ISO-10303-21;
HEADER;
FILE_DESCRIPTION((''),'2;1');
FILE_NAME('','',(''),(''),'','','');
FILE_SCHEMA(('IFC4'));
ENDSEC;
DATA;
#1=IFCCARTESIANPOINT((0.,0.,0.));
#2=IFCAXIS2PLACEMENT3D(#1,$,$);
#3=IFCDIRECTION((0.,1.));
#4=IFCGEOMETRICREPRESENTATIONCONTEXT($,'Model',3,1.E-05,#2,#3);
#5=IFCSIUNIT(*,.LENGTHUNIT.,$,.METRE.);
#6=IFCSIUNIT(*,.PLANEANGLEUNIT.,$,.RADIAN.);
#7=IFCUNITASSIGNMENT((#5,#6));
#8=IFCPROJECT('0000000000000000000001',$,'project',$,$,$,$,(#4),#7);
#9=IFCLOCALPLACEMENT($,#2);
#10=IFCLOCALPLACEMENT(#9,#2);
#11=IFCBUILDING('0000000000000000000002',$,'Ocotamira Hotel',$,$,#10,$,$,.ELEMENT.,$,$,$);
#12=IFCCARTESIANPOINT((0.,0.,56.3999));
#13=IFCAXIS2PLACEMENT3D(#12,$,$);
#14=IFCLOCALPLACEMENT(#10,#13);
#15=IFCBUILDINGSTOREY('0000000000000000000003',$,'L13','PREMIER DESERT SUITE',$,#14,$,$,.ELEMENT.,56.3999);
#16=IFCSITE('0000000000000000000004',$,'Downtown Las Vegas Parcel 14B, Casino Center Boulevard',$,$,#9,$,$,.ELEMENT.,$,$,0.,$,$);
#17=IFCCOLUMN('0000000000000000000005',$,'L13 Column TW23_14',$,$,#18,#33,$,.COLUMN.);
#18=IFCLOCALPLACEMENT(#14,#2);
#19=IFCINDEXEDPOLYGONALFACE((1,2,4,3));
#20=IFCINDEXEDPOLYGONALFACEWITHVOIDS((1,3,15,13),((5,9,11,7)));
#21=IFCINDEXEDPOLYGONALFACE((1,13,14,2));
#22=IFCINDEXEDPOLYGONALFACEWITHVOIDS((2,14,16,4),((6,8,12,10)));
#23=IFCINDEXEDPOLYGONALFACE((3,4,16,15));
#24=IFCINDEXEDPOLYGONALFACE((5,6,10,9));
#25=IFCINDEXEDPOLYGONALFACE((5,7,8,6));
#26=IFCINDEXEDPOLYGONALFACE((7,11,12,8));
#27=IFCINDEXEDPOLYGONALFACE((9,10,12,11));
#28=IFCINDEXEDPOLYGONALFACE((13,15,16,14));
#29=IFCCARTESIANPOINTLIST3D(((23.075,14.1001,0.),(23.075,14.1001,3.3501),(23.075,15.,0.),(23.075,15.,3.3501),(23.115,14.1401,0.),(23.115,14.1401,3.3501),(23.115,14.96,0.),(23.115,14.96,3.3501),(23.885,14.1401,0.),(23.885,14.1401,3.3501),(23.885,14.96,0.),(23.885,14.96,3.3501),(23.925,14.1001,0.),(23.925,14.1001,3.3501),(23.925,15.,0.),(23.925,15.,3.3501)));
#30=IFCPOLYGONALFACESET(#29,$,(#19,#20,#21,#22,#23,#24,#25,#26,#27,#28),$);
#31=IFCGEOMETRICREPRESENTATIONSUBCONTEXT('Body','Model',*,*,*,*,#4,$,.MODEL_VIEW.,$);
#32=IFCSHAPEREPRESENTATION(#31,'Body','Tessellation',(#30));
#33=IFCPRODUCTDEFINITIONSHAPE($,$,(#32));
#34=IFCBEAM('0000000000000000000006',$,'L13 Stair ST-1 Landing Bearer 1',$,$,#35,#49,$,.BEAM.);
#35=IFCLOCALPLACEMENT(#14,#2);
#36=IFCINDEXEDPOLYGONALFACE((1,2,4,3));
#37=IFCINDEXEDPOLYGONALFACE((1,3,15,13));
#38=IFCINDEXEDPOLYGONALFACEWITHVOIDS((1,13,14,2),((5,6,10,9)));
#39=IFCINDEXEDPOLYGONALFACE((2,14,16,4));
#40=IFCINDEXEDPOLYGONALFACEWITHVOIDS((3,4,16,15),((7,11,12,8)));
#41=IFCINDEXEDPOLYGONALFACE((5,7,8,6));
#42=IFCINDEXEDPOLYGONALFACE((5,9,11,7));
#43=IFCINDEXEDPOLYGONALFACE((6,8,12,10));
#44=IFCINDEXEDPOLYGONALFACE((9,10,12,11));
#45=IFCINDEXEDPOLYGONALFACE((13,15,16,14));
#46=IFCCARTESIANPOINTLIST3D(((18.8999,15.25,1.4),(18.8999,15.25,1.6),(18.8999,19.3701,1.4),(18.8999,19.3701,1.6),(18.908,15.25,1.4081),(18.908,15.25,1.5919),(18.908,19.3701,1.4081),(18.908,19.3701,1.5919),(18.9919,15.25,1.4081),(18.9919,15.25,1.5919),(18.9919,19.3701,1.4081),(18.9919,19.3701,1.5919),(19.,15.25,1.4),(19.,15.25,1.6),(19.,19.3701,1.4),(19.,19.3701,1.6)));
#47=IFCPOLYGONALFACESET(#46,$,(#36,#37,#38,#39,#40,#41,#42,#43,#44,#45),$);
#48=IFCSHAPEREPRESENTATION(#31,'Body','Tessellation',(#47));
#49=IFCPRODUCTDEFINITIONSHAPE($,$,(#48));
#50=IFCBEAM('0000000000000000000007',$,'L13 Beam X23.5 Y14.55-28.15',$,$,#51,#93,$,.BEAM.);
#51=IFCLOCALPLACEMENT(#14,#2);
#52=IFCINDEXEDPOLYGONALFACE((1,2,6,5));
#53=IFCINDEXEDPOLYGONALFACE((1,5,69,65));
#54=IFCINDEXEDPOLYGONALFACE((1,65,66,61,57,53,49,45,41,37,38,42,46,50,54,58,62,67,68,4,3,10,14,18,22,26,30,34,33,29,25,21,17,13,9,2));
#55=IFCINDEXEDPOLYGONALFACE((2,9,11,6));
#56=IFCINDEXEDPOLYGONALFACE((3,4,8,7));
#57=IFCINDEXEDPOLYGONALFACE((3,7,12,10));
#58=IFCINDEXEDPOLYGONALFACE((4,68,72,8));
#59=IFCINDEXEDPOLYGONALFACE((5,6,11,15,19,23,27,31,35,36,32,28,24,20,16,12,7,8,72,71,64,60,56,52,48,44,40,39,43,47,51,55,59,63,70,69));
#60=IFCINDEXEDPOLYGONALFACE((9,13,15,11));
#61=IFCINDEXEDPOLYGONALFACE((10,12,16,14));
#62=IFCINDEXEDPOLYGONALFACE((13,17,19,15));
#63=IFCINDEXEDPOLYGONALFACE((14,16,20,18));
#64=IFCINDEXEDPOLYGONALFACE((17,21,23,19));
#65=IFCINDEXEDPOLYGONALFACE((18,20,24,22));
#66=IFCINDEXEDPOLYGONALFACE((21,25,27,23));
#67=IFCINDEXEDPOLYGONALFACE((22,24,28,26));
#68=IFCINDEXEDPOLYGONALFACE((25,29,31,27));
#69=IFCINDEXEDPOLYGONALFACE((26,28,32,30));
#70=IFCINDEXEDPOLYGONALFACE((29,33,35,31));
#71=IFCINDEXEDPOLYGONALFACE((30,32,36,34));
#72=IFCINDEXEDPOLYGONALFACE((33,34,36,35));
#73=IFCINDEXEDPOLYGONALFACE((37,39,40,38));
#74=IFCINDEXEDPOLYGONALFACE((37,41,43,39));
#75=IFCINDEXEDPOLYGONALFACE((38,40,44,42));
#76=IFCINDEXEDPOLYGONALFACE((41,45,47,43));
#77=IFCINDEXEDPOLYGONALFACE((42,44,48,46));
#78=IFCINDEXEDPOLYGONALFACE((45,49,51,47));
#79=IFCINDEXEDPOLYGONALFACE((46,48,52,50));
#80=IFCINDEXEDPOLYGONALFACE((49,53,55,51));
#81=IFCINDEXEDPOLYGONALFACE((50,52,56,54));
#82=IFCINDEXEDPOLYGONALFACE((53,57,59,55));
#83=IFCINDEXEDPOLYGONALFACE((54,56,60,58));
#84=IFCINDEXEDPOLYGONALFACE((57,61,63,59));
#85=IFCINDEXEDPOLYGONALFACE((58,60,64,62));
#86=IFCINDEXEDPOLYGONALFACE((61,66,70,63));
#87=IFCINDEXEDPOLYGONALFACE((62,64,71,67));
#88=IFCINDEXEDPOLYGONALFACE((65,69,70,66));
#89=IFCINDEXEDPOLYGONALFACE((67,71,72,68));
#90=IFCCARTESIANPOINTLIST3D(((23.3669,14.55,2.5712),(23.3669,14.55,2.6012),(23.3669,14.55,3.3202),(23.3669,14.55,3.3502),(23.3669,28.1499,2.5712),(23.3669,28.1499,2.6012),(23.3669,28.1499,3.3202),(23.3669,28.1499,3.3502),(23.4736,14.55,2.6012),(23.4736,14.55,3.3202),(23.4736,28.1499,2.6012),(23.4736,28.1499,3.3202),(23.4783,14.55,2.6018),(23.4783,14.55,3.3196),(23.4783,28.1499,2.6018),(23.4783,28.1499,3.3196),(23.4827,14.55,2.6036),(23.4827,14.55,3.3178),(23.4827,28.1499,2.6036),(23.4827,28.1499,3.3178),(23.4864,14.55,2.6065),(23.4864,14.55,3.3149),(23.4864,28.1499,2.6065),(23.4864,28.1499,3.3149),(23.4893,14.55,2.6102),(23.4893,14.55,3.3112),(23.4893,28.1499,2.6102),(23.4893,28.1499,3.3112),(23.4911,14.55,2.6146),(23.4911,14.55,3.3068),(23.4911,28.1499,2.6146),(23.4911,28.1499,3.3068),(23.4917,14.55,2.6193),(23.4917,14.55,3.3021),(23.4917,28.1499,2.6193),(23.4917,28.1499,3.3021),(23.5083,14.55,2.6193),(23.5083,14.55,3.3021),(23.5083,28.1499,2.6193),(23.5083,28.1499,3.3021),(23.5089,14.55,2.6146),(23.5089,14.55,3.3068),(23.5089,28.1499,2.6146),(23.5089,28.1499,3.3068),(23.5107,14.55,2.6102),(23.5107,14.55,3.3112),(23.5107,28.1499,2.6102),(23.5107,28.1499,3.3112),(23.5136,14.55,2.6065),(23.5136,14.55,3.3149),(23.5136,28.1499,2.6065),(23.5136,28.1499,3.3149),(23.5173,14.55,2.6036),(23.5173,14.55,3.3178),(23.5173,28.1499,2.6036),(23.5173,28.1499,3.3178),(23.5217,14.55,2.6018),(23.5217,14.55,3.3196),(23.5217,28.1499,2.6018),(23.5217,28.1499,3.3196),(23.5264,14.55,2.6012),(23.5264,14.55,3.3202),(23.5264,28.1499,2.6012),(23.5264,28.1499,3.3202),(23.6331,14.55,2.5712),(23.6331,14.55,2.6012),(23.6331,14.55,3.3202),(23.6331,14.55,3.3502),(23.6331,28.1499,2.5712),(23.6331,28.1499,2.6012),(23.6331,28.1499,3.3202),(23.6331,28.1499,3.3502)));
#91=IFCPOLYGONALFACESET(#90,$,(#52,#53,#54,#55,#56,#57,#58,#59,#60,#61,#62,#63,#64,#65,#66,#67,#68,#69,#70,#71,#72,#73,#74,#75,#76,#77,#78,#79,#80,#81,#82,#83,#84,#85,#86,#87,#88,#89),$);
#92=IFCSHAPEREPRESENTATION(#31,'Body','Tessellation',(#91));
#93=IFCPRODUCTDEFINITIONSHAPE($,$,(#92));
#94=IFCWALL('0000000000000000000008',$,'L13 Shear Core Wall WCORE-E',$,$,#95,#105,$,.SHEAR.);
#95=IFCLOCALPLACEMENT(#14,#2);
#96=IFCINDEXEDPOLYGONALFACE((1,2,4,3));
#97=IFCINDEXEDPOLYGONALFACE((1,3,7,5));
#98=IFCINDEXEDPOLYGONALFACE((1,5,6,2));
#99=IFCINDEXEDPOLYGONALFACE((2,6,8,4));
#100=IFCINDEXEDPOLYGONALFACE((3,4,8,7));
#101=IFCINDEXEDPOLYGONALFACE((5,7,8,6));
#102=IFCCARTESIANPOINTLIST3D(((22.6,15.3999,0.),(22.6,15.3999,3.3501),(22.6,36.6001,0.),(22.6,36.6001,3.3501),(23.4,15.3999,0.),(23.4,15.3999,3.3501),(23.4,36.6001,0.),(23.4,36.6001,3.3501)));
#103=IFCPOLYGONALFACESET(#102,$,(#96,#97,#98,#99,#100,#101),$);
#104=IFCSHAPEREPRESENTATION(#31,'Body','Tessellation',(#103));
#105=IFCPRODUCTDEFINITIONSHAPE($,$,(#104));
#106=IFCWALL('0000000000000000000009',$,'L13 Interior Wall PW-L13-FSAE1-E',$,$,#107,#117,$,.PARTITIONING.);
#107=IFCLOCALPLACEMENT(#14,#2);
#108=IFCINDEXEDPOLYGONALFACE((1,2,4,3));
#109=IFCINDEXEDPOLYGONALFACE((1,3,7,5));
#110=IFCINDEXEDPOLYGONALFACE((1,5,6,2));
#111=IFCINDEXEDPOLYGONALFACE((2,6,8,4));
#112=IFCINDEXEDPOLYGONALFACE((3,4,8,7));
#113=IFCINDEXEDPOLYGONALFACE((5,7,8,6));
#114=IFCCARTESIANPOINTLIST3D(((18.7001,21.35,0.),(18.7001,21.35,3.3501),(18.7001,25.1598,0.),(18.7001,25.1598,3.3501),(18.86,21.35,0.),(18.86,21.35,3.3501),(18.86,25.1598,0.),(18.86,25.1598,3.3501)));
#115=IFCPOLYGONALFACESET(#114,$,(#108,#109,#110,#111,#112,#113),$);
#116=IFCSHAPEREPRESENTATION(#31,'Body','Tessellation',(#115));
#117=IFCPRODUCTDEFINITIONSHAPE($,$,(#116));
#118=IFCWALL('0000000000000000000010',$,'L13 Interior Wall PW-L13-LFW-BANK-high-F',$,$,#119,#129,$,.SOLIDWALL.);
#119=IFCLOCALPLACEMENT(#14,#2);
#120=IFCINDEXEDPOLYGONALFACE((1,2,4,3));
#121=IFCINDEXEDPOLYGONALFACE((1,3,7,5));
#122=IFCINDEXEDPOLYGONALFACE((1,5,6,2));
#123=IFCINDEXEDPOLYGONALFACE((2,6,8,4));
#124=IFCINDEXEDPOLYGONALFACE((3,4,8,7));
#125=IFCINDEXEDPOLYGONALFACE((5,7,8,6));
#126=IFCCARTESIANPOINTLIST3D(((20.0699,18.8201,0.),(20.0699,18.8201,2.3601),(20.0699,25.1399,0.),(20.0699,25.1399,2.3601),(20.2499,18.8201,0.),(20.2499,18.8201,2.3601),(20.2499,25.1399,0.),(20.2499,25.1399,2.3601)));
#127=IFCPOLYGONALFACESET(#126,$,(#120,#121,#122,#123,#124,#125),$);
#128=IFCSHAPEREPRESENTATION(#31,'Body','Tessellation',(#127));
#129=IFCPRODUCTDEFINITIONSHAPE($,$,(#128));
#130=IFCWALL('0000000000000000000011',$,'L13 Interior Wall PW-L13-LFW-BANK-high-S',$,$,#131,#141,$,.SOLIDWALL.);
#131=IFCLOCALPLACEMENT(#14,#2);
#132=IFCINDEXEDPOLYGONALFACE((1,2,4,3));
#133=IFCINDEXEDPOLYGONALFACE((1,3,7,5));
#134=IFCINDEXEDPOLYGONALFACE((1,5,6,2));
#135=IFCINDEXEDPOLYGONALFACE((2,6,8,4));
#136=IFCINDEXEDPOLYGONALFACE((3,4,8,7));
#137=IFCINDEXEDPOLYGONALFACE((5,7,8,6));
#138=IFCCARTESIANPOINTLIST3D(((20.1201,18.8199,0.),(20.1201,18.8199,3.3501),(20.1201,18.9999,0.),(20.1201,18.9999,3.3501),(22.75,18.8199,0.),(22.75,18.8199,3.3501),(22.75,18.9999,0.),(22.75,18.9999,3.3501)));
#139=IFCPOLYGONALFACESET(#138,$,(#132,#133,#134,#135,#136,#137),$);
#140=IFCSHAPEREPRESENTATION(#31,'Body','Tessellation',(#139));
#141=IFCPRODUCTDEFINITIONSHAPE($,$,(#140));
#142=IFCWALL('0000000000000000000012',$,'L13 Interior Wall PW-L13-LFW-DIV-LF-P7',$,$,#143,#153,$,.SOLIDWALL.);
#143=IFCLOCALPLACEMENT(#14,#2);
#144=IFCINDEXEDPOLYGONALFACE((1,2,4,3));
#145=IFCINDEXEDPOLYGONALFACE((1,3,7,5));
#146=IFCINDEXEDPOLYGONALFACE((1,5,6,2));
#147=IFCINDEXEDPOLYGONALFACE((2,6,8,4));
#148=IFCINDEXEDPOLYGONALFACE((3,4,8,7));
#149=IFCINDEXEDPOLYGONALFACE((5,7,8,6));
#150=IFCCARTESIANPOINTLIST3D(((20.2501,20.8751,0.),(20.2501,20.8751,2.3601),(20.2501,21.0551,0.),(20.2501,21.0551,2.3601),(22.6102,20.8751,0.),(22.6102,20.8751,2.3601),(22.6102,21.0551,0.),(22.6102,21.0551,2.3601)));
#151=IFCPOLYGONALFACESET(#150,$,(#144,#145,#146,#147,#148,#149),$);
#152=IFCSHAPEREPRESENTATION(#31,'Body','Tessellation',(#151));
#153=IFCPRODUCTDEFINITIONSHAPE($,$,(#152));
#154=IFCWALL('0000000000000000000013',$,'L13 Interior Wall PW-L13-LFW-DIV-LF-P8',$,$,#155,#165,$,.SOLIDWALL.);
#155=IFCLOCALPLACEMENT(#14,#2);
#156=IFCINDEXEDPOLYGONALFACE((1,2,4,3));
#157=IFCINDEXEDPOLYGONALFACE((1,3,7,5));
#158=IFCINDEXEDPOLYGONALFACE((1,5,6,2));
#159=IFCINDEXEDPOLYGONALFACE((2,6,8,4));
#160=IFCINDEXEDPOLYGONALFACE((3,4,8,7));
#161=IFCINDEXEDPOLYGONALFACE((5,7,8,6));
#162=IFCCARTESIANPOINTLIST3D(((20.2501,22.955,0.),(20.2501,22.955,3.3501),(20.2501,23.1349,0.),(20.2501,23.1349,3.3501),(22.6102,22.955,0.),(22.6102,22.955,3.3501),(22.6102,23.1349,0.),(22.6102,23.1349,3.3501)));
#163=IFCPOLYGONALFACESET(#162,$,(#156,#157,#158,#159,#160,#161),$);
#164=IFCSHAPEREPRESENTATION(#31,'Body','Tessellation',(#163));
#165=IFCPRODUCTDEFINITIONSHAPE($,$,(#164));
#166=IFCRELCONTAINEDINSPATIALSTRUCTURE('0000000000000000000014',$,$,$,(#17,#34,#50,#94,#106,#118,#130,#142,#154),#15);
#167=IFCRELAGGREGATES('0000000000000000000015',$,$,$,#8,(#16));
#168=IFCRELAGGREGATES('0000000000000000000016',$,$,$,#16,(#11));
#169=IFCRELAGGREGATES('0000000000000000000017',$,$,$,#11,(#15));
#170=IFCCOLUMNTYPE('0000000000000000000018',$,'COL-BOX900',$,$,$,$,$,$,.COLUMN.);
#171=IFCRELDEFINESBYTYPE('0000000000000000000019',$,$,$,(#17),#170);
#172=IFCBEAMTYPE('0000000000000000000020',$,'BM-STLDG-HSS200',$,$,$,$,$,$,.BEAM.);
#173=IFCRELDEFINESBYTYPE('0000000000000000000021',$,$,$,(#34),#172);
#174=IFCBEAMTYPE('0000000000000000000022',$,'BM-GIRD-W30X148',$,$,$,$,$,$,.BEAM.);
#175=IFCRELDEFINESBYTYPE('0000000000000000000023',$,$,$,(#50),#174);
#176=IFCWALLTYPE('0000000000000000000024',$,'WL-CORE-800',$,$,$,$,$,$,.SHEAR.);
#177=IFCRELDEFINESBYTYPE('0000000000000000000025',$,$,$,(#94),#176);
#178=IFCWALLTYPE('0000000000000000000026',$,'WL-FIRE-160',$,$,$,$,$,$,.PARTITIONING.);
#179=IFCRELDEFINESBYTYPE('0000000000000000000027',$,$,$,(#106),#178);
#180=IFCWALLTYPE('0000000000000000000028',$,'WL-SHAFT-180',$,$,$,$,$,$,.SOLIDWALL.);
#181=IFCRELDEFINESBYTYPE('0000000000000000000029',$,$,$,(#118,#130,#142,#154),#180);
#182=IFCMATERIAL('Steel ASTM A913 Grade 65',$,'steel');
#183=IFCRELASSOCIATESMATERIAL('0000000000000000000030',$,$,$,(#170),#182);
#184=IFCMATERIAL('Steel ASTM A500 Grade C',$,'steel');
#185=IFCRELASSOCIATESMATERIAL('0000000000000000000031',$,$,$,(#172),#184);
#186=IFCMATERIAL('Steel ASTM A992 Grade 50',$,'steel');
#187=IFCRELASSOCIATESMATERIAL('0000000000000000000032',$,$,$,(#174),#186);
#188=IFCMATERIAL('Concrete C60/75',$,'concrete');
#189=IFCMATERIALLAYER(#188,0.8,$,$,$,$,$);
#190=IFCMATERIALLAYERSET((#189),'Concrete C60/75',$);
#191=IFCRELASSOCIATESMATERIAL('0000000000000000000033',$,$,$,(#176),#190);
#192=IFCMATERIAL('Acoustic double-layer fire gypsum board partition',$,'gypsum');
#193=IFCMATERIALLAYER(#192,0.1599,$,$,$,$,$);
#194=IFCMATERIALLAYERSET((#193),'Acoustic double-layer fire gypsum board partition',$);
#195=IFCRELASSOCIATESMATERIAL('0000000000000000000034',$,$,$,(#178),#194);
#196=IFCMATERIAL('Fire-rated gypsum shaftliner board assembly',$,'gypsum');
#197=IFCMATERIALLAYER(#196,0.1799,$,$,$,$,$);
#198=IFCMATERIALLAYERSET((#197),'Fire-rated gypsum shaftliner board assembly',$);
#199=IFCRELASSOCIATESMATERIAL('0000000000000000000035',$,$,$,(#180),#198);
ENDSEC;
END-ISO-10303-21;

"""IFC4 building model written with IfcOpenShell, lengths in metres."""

from ifc_helpers import new_model, si_unit, direction, frame, frame_2d, origin, origin_2d, place, context, subcontext, project, spatial, rectangle, hollow_rectangle, i_section, extrude, source, transform, mapped, material, layer, layer_set, material_profile, profile_set, type_object, element, save


model = new_model("IFC4")

# Units and contexts
model_context = context("Model", 3, precision=1e-05, world=origin(), true_north=direction((0.0, 1.0)))
body_context = subcontext(model_context, "Body", "Model", "MODEL_VIEW")
ifc_project = project(units=[si_unit("LENGTHUNIT", "METRE"), si_unit("PLANEANGLEUNIT", "RADIAN")], contexts=[model_context])

# Site, building, storey
site_placement = place(None, origin())
site = spatial("IfcSite", under=ifc_project, at=site_placement, Name="Downtown Las Vegas Parcel 14B, Casino Center Boulevard", CompositionType="ELEMENT", RefElevation=0.0)
building_placement = place(site_placement, origin())
building = spatial("IfcBuilding", under=site, at=building_placement, Name="Ocotamira Hotel", CompositionType="ELEMENT")
storey_placement = place(building_placement, frame((0.0, 0.0, 56.3999)))
storey = spatial("IfcBuildingStorey", under=building, at=storey_placement, Name="L13", Description="PREMIER DESERT SUITE", CompositionType="ELEMENT", Elevation=56.3999)

# Column
ifc_material_1 = material(Name="Steel ASTM A913 Grade 65", Category="steel")
ifc_material_profile_1 = material_profile(ifc_material_1, hollow_rectangle(XDim=0.8501, YDim=0.8999, WallThickness=0.04, at=origin_2d()), Name="BOX900X850X40")
ifc_profile_set_1 = profile_set([ifc_material_profile_1], Name="Steel ASTM A913 Grade 65")
column_type = type_object("IfcColumnType", Name="COL-BOX900", PredefinedType="COLUMN", material=ifc_profile_set_1)
shared_shape_1 = source(origin(), body_context, "Body", "SweptSolid", [
    extrude(hollow_rectangle(XDim=0.8501, YDim=0.8999, WallThickness=0.04, at=origin_2d()), origin(), (0.0, 0.0, 1.0), 3.3501),
])
column_placement = place(storey_placement, frame((23.5, 14.55, 0.0), z_axis=(0.0, 0.0, 1.0), x_axis=(1.0, 0.0, 0.0)))
element("IfcColumn", 1, at=column_placement, inside=storey, type_object=column_type, Name="L13 Column TW23_14", PredefinedType="COLUMN", context=body_context, shape_type="MappedRepresentation", body=[
    mapped(shared_shape_1, transform((0.0, 0.0, 0.0), scale=1.0)),
])

# Beams
ifc_material_2 = material(Name="Steel ASTM A500 Grade C", Category="steel")
ifc_material_profile_2 = material_profile(ifc_material_2, hollow_rectangle(XDim=0.1001, YDim=0.2, WallThickness=0.0081, at=origin_2d()), Name="HSS200X100X8")
ifc_profile_set_2 = profile_set([ifc_material_profile_2], Name="Steel ASTM A500 Grade C")
beam_type_1 = type_object("IfcBeamType", Name="BM-STLDG-HSS200", PredefinedType="BEAM", material=ifc_profile_set_2)
shared_shape_2 = source(origin(), body_context, "Body", "SweptSolid", [
    extrude(hollow_rectangle(XDim=0.1001, YDim=0.2, WallThickness=0.0081, at=origin_2d()), origin(), (0.0, 0.0, 1.0), 4.1201),
])
beam_1_placement = place(storey_placement, frame((18.95, 15.25, 1.5), z_axis=(0.0, 1.0, 0.0), x_axis=(-1.0, 0.0, 0.0)))
element("IfcBeam", 2, at=beam_1_placement, inside=storey, type_object=beam_type_1, Name="L13 Stair ST-1 Landing Bearer 1", PredefinedType="BEAM", context=body_context, shape_type="MappedRepresentation", body=[
    mapped(shared_shape_2, transform((0.0, 0.0, 0.0), scale=1.0)),
])
ifc_material_3 = material(Name="Steel ASTM A992 Grade 50", Category="steel")
ifc_material_profile_3 = material_profile(ifc_material_3, i_section(OverallWidth=0.2661, OverallDepth=0.7791, WebThickness=0.0166, FlangeThickness=0.03, FilletRadius=0.0181, at=origin_2d()), Name="W30X148")
ifc_profile_set_3 = profile_set([ifc_material_profile_3], Name="Steel ASTM A992 Grade 50")
beam_type_2 = type_object("IfcBeamType", Name="BM-GIRD-W30X148", PredefinedType="BEAM", material=ifc_profile_set_3)
shared_shape_3 = source(origin(), body_context, "Body", "SweptSolid", [
    extrude(i_section(OverallWidth=0.2661, OverallDepth=0.7791, WebThickness=0.0166, FlangeThickness=0.03, FilletRadius=0.0181, at=origin_2d()), origin(), (0.0, 0.0, 1.0), 13.5999),
])
beam_2_placement = place(storey_placement, frame((23.5, 14.55, 2.9607), z_axis=(0.0, 1.0, 0.0), x_axis=(-1.0, 0.0, 0.0)))
element("IfcBeam", 3, at=beam_2_placement, inside=storey, type_object=beam_type_2, Name="L13 Beam X23.5 Y14.55-28.15", PredefinedType="BEAM", context=body_context, shape_type="MappedRepresentation", body=[
    mapped(shared_shape_3, transform((0.0, 0.0, 0.0), scale=1.0)),
])

# Wall
ifc_material_4 = material(Name="Concrete C60/75", Category="concrete")
ifc_layer_1 = layer(ifc_material_4, 0.8)
ifc_layer_set_1 = layer_set([ifc_layer_1], Name="Concrete C60/75")
wall_type_1 = type_object("IfcWallType", Name="WL-CORE-800", PredefinedType="SHEAR", material=ifc_layer_set_1)
wall_1_placement = place(storey_placement, frame((23.0, 15.3999, 0.0), z_axis=(0.0, 0.0, 1.0), x_axis=(0.0, 1.0, 0.0)))
element("IfcWall", 4, at=wall_1_placement, inside=storey, type_object=wall_type_1, Name="L13 Shear Core Wall WCORE-E", PredefinedType="SHEAR", context=body_context, shape_type="SweptSolid", body=[
    extrude(rectangle(XDim=21.2002, YDim=0.8, at=frame_2d((10.6001, 0.0))), origin(), (0.0, 0.0, 1.0), 3.3501),
])

# Shared definitions
ifc_material_5 = material(Name="Acoustic double-layer fire gypsum board partition", Category="gypsum")
ifc_layer_2 = layer(ifc_material_5, 0.1599)
ifc_layer_set_2 = layer_set([ifc_layer_2], Name="Acoustic double-layer fire gypsum board partition")
wall_type_2 = type_object("IfcWallType", Name="WL-FIRE-160", PredefinedType="PARTITIONING", material=ifc_layer_set_2)

# Walls
wall_2_placement = place(storey_placement, frame((18.78, 21.3501, 0.0), z_axis=(0.0, 0.0, 1.0), x_axis=(0.0, 1.0, 0.0)))
element("IfcWall", 5, at=wall_2_placement, inside=storey, type_object=wall_type_2, Name="L13 Interior Wall PW-L13-FSAE1-E", PredefinedType="PARTITIONING", context=body_context, shape_type="SweptSolid", body=[
    extrude(rectangle(XDim=3.8098, YDim=0.1599, at=frame_2d((1.9048, 0.0))), origin(), (0.0, 0.0, 1.0), 3.3501),
])
ifc_material_6 = material(Name="Fire-rated gypsum shaftliner board assembly", Category="gypsum")
ifc_layer_3 = layer(ifc_material_6, 0.1799)
ifc_layer_set_3 = layer_set([ifc_layer_3], Name="Fire-rated gypsum shaftliner board assembly")
wall_type_3 = type_object("IfcWallType", Name="WL-SHAFT-180", PredefinedType="SOLIDWALL", material=ifc_layer_set_3)
wall_3_placement = place(storey_placement, frame((20.1599, 18.8201, 0.0), z_axis=(0.0, 0.0, 1.0), x_axis=(0.0, 1.0, 0.0)))
element("IfcWall", 6, at=wall_3_placement, inside=storey, type_object=wall_type_3, Name="L13 Interior Wall PW-L13-LFW-BANK-high-F", PredefinedType="SOLIDWALL", context=body_context, shape_type="SweptSolid", body=[
    extrude(rectangle(XDim=6.3198, YDim=0.1799, at=frame_2d((3.1599, 0.0))), origin(), (0.0, 0.0, 1.0), 2.3601),
])
wall_4_placement = place(storey_placement, frame((20.1201, 18.9099, 0.0), z_axis=(0.0, 0.0, 1.0), x_axis=(1.0, 0.0, 0.0)))
element("IfcWall", 7, at=wall_4_placement, inside=storey, type_object=wall_type_3, Name="L13 Interior Wall PW-L13-LFW-BANK-high-S", PredefinedType="SOLIDWALL", context=body_context, shape_type="SweptSolid", body=[
    extrude(rectangle(XDim=2.6299, YDim=0.1799, at=frame_2d((1.3149, 0.0))), origin(), (0.0, 0.0, 1.0), 3.3501),
])
wall_5_placement = place(storey_placement, frame((20.25, 20.9651, 0.0), z_axis=(0.0, 0.0, 1.0), x_axis=(1.0, 0.0, 0.0)))
element("IfcWall", 8, at=wall_5_placement, inside=storey, type_object=wall_type_3, Name="L13 Interior Wall PW-L13-LFW-DIV-LF-P7", PredefinedType="SOLIDWALL", context=body_context, shape_type="SweptSolid", body=[
    extrude(rectangle(XDim=2.3601, YDim=0.1799, at=frame_2d((1.1802, 0.0))), origin(), (0.0, 0.0, 1.0), 2.3601),
])
wall_6_placement = place(storey_placement, frame((20.25, 23.0449, 0.0), z_axis=(0.0, 0.0, 1.0), x_axis=(1.0, 0.0, 0.0)))
element("IfcWall", 9, at=wall_6_placement, inside=storey, type_object=wall_type_3, Name="L13 Interior Wall PW-L13-LFW-DIV-LF-P8", PredefinedType="SOLIDWALL", context=body_context, shape_type="SweptSolid", body=[
    extrude(rectangle(XDim=2.3601, YDim=0.1799, at=frame_2d((1.1802, 0.0))), origin(), (0.0, 0.0, 1.0), 3.3501),
])

save(model, "model.ifc")
